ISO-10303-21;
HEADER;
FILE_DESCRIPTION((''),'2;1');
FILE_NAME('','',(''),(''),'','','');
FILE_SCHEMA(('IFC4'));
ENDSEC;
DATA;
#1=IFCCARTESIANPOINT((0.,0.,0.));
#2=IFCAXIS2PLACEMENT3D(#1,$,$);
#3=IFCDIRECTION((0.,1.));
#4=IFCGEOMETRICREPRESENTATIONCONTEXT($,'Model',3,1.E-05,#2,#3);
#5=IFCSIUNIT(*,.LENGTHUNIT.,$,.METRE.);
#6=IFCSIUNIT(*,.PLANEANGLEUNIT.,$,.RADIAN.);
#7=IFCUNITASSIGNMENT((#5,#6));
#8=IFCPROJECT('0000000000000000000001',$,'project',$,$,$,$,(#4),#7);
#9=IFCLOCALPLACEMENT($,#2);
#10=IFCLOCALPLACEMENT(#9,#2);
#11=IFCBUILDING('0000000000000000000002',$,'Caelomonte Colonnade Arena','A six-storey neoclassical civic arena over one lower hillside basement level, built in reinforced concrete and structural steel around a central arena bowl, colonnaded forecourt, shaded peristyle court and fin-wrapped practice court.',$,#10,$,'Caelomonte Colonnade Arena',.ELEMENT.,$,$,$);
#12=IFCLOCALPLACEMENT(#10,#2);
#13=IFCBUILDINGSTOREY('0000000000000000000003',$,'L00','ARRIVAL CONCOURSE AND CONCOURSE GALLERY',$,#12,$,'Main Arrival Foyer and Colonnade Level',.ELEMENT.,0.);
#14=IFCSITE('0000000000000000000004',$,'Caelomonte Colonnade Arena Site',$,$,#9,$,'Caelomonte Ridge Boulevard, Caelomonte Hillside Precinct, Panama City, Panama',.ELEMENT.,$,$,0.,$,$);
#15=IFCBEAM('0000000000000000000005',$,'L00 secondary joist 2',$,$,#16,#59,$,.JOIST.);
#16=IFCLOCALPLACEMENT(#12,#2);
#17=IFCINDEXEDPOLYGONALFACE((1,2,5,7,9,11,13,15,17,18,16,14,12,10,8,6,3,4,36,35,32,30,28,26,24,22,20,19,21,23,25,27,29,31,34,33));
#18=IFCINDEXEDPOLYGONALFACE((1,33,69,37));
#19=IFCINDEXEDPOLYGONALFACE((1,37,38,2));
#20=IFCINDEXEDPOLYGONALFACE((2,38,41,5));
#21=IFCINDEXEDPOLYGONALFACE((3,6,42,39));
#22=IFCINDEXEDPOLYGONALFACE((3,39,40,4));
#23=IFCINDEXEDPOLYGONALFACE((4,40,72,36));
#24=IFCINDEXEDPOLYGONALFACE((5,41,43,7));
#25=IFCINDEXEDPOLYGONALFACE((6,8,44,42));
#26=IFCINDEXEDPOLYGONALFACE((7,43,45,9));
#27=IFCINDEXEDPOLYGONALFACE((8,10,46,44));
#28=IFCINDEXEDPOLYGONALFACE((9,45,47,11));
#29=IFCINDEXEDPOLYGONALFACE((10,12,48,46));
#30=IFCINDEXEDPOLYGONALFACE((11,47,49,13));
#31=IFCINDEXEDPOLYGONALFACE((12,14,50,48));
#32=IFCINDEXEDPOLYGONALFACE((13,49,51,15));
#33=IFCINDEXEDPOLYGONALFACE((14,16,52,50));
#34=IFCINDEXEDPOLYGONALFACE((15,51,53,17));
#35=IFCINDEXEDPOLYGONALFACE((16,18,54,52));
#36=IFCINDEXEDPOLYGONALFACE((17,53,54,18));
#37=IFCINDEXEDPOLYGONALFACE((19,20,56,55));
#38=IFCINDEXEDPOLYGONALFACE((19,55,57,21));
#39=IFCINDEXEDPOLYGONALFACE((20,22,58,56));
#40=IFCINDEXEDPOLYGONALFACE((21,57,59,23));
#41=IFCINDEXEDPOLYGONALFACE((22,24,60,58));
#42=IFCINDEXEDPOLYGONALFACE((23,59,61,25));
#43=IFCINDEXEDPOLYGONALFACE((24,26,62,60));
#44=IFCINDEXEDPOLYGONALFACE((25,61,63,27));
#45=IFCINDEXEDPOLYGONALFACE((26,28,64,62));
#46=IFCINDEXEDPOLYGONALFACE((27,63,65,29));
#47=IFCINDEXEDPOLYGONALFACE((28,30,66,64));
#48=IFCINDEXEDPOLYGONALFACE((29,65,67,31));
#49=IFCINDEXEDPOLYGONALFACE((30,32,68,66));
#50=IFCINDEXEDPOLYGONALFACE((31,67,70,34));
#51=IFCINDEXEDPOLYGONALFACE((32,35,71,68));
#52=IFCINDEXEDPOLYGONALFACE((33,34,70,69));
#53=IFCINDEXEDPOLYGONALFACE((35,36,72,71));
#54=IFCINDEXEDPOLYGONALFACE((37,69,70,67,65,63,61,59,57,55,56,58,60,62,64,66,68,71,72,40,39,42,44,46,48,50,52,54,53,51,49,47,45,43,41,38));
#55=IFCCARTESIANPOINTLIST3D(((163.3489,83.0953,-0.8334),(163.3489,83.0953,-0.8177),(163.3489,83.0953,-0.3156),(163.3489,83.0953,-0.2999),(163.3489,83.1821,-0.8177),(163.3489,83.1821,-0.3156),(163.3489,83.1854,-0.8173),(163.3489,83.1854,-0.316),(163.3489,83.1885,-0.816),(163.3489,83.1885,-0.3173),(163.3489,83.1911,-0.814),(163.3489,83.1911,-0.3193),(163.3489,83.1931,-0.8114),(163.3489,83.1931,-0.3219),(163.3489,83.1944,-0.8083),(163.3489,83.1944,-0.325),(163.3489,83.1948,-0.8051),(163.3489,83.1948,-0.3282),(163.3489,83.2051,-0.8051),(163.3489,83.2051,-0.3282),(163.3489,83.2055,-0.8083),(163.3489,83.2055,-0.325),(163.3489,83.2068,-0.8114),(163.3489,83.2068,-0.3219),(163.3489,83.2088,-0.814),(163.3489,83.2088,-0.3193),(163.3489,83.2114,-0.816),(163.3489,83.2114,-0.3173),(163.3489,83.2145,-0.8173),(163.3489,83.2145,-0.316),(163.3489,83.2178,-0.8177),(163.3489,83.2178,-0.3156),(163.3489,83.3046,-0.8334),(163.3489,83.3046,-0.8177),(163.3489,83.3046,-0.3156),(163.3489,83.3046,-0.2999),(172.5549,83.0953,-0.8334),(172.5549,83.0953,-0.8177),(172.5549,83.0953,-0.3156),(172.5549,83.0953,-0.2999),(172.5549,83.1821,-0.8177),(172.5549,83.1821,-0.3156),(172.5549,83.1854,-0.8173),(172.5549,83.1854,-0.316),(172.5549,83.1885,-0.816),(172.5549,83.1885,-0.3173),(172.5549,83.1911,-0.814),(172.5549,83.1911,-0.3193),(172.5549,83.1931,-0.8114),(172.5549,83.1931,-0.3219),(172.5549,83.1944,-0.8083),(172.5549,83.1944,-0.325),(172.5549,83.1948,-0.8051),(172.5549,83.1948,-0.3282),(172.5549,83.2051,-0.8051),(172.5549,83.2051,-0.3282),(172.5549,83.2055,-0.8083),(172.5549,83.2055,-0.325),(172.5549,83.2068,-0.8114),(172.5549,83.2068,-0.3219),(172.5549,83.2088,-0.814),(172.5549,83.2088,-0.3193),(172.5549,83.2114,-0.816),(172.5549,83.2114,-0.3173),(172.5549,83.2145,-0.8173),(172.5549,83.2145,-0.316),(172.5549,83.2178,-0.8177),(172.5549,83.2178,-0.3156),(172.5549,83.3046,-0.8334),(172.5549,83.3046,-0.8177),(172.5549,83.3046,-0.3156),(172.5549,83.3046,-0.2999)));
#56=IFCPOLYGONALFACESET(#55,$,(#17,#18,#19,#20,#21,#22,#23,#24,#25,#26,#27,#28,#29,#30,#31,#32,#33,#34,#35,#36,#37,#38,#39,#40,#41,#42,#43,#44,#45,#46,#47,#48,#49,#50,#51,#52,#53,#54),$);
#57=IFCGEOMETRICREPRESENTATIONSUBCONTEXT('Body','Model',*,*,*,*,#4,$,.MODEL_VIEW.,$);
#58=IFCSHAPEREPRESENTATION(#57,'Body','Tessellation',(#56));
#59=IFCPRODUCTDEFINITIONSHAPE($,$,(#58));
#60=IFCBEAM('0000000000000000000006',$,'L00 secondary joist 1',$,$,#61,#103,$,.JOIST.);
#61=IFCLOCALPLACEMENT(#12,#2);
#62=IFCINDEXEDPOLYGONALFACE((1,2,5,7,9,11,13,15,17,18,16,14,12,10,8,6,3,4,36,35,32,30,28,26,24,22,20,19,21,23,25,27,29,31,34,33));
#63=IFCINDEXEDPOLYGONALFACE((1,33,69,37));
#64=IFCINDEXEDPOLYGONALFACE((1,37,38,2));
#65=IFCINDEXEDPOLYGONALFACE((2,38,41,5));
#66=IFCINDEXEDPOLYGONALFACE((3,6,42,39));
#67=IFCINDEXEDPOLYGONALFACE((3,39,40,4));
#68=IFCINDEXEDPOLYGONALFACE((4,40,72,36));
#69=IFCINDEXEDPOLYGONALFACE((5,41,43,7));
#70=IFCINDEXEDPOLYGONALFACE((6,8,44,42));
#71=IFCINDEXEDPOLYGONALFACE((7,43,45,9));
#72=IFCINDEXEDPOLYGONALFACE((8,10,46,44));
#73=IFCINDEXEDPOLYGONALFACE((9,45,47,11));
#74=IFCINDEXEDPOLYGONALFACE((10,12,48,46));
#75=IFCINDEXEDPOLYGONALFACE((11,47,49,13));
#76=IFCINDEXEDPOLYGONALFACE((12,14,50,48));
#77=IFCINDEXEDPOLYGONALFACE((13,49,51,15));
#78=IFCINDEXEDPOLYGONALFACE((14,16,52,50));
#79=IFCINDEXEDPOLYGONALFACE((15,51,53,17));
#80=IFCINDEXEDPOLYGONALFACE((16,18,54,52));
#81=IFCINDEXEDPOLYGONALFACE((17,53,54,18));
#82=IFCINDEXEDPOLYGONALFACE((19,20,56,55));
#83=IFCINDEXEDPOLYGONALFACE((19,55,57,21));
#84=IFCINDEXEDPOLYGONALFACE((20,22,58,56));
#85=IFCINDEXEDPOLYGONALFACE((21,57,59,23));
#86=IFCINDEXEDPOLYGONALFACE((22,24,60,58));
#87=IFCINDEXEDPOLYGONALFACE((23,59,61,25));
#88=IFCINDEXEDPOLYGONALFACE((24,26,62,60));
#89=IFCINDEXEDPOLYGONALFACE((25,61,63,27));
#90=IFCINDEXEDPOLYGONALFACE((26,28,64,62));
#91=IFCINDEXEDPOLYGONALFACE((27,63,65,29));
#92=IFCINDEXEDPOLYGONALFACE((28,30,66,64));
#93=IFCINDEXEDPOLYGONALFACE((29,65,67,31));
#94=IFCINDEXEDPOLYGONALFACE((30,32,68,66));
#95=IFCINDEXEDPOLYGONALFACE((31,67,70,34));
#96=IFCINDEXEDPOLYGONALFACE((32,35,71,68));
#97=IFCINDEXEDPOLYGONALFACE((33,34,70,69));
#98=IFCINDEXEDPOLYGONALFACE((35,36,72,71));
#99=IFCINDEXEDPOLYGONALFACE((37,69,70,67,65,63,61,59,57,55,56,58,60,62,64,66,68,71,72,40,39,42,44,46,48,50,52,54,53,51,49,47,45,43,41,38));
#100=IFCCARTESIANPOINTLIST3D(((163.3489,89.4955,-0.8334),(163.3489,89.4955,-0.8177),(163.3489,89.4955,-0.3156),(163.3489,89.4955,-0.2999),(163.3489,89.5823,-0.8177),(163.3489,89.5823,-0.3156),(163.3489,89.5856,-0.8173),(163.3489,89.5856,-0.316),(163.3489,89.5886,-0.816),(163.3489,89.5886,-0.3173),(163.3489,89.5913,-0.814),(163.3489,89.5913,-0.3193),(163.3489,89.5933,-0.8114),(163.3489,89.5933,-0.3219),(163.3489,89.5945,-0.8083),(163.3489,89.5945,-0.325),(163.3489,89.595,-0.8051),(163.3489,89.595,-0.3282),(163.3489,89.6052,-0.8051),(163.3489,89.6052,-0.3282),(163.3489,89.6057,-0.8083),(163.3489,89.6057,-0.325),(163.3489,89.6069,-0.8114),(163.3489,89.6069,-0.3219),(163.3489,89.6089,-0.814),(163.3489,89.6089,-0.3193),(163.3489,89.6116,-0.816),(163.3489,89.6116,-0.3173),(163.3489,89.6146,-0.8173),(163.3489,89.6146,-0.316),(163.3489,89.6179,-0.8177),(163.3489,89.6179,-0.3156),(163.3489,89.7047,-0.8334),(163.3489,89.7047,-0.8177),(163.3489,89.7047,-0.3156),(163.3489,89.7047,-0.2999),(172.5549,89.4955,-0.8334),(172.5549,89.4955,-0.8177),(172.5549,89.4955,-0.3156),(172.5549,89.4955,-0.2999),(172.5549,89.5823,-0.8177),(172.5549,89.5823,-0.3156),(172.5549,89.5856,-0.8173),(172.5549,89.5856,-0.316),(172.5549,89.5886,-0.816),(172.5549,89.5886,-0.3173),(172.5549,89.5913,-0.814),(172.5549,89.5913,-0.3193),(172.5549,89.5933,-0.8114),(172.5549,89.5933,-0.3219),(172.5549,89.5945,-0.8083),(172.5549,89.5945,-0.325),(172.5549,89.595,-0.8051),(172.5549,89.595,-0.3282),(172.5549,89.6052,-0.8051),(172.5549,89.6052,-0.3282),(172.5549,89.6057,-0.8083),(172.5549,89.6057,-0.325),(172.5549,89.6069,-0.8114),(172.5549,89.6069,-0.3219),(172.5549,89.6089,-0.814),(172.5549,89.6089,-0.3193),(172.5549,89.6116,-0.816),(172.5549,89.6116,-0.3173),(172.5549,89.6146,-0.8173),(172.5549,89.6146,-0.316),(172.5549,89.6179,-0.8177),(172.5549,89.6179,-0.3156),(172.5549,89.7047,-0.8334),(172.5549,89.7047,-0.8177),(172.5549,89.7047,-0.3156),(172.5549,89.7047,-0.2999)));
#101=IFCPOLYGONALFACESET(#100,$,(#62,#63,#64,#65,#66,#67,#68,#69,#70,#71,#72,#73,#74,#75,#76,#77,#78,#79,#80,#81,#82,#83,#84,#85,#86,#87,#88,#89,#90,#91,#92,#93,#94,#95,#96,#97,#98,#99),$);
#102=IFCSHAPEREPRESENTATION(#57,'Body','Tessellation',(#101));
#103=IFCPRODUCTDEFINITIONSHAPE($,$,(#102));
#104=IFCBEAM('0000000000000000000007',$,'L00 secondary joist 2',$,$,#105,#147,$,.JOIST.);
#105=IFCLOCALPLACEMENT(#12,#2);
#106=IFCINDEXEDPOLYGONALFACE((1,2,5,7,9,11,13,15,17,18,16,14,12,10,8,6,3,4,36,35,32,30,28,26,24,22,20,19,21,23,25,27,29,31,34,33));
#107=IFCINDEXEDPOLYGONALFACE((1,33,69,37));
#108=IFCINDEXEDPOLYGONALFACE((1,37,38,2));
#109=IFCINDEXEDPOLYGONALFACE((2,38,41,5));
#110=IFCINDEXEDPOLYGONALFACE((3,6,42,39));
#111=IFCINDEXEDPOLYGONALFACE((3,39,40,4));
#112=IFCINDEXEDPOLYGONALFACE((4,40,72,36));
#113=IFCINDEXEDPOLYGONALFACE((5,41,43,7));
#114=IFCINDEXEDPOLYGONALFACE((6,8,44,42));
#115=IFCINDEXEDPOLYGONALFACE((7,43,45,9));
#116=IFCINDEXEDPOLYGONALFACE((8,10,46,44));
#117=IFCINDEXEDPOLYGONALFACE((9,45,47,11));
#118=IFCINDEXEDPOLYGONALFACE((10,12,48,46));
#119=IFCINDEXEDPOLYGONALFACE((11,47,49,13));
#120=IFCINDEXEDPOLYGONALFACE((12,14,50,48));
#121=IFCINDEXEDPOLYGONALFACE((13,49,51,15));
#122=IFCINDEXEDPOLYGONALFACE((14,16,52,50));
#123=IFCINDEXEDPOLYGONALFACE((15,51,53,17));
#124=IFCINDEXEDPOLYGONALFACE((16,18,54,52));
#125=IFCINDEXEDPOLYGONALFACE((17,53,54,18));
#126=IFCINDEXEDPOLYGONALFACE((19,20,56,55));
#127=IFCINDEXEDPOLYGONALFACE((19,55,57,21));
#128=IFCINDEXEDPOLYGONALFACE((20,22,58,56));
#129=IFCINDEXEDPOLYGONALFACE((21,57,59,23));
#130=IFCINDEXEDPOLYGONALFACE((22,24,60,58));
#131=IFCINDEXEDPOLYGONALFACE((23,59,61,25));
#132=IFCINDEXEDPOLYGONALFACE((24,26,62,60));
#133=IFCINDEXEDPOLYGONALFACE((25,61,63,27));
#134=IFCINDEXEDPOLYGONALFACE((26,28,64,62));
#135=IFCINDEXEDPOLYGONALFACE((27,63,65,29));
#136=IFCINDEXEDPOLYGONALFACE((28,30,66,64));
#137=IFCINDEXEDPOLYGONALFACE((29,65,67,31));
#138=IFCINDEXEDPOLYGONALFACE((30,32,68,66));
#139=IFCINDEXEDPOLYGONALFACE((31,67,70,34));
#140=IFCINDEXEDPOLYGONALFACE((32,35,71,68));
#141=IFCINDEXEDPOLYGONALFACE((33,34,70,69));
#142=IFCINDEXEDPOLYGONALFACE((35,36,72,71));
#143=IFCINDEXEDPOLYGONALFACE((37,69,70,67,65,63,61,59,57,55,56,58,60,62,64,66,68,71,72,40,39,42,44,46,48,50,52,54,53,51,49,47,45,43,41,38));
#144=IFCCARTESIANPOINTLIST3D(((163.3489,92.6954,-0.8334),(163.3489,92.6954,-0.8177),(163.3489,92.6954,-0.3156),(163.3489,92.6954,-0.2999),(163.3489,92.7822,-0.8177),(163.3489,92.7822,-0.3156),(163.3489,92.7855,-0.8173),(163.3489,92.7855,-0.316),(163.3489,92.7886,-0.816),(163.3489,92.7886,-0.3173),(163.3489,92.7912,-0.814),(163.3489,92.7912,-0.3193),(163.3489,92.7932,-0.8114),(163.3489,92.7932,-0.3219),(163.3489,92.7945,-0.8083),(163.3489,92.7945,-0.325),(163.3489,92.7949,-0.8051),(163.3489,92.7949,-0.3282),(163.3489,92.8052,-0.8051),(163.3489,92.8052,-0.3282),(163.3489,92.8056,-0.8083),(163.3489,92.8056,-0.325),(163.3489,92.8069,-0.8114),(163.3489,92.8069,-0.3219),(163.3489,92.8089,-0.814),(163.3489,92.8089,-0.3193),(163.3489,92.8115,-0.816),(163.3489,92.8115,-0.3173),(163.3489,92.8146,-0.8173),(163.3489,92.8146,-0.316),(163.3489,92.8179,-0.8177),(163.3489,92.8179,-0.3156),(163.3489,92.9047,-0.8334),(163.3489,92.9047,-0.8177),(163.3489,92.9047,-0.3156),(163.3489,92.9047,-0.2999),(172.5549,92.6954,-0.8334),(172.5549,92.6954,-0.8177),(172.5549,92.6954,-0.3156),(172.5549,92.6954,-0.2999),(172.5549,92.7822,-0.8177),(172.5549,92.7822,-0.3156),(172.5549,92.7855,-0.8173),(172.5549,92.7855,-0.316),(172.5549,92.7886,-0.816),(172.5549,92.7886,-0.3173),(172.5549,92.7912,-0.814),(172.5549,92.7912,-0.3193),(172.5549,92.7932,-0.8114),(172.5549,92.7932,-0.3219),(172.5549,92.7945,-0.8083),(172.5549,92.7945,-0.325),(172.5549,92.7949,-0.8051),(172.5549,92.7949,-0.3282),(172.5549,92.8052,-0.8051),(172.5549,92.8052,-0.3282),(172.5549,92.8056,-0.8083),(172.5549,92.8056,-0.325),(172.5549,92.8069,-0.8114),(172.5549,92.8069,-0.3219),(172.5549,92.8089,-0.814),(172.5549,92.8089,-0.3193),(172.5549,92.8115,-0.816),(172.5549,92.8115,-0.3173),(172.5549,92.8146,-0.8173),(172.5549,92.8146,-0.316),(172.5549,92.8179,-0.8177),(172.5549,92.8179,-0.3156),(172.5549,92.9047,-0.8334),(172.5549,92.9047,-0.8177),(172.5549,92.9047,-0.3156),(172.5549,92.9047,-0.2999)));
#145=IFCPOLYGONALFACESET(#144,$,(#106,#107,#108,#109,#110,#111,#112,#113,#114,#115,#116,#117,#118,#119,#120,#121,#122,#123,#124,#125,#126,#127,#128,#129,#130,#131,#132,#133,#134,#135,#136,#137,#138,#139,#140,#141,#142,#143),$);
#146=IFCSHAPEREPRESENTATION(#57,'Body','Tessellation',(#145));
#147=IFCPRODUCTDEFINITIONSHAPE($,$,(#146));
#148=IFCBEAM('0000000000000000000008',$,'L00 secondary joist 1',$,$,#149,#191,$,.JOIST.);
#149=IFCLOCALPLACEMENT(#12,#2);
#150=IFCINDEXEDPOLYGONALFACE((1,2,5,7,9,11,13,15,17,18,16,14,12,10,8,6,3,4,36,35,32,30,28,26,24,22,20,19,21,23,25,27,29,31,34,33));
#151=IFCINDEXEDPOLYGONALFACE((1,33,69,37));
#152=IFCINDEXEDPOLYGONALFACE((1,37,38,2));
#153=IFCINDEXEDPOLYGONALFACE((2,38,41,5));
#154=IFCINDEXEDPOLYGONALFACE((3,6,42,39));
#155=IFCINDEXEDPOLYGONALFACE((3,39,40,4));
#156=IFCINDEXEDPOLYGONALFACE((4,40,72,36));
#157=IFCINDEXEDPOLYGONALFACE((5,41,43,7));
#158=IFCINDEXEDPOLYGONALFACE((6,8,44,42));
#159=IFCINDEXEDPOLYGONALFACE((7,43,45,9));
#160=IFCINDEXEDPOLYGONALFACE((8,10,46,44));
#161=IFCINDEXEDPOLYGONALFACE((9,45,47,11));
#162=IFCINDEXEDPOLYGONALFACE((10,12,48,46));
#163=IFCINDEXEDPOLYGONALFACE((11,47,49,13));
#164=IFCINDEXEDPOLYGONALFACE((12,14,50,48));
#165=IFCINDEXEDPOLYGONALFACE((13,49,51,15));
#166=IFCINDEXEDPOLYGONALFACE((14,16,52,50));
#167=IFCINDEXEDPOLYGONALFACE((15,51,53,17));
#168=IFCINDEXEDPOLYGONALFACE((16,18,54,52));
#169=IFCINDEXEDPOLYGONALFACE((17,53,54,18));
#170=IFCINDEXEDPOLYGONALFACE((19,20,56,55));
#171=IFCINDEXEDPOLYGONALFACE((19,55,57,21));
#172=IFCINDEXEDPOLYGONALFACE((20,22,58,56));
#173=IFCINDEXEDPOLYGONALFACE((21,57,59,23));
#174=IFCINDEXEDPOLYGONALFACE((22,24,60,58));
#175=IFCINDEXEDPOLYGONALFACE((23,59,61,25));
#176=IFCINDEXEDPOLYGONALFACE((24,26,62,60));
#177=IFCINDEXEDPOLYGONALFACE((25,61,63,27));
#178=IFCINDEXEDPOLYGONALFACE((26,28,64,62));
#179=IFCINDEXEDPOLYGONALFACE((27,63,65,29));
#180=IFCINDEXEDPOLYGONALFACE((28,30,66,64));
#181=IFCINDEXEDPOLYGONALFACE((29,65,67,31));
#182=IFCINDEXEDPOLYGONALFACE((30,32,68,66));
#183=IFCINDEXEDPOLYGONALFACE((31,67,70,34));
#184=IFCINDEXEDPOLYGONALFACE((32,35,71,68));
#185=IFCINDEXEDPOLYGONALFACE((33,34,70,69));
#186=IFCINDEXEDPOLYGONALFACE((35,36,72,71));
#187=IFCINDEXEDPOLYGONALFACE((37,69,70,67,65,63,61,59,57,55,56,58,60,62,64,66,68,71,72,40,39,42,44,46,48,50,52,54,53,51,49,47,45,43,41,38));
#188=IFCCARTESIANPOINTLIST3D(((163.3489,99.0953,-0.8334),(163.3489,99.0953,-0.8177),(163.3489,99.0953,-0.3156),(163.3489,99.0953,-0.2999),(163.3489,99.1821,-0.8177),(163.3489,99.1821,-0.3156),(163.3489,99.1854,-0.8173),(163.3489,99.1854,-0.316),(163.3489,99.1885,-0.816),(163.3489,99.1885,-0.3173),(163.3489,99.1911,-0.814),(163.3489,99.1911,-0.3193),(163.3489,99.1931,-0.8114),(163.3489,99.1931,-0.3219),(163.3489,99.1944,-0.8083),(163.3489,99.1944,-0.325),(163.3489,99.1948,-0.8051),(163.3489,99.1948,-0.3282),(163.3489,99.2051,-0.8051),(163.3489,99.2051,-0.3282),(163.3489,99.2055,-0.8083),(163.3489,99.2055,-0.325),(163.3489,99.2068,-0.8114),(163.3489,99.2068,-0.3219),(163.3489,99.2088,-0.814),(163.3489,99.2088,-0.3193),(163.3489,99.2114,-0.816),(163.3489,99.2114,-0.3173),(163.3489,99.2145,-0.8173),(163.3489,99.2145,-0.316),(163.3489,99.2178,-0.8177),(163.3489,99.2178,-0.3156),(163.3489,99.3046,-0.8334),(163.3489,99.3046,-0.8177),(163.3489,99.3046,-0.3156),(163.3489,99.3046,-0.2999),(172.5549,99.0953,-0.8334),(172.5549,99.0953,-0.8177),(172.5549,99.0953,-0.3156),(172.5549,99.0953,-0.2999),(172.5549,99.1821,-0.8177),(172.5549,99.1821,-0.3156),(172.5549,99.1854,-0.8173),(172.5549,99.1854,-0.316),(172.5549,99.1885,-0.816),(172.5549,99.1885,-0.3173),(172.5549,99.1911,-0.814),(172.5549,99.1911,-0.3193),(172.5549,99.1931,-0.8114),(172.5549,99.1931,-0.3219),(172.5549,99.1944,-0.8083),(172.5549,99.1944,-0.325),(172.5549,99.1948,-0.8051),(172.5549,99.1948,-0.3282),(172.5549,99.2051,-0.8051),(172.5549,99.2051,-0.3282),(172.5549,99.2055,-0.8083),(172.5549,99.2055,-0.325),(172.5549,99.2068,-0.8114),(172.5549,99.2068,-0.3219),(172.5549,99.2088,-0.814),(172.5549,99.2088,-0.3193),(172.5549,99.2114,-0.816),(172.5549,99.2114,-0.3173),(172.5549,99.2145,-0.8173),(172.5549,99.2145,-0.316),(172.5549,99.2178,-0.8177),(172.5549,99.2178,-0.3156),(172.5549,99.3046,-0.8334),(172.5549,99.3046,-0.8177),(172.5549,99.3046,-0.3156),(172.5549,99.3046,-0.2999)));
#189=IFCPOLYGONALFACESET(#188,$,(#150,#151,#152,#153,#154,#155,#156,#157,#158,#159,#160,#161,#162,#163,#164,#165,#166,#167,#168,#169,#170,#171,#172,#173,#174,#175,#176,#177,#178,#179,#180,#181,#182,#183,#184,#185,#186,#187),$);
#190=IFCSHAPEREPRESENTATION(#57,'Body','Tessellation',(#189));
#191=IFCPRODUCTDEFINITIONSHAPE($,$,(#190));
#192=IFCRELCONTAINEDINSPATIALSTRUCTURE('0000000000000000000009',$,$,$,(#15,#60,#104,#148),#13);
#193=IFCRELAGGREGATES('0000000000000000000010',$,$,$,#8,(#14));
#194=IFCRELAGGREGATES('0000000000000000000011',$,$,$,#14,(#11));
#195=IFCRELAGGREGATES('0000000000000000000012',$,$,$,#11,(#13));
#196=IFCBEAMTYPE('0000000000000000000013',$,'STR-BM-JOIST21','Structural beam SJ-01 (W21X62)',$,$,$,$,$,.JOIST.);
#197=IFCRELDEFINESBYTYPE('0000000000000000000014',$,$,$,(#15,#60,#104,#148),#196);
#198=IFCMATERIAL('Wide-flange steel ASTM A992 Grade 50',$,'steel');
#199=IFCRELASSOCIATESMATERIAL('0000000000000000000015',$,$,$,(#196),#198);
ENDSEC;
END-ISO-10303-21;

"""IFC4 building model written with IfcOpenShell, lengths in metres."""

from ifc_helpers import new_model, si_unit, direction, frame, origin, origin_2d, place, context, subcontext, project, spatial, i_section, extrude, material, material_profile, profile_set, type_object, element, save


model = new_model("IFC4")

# Units and contexts
model_context = context("Model", 3, precision=1e-05, world=origin(), true_north=direction((0.0, 1.0)))
body_context = subcontext(model_context, "Body", "Model", "MODEL_VIEW")
ifc_project = project(units=[si_unit("LENGTHUNIT", "METRE"), si_unit("PLANEANGLEUNIT", "RADIAN")], contexts=[model_context])

# Site, building, storey
site_placement = place(None, origin())
site = spatial("IfcSite", under=ifc_project, at=site_placement, Name="Caelomonte Colonnade Arena Site", LongName="Caelomonte Ridge Boulevard, Caelomonte Hillside Precinct, Panama City, Panama", CompositionType="ELEMENT", RefElevation=0.0)
building_placement = place(site_placement, origin())
building = spatial("IfcBuilding", under=site, at=building_placement, Name="Caelomonte Colonnade Arena", Description="A six-storey neoclassical civic arena over one lower hillside basement level, built in reinforced concrete and structural steel around a central arena bowl, colonnaded forecourt, shaded peristyle court and fin-wrapped practice court.", LongName="Caelomonte Colonnade Arena", CompositionType="ELEMENT")
storey_placement = place(building_placement, origin())
storey = spatial("IfcBuildingStorey", under=building, at=storey_placement, Name="L00", Description="ARRIVAL CONCOURSE AND CONCOURSE GALLERY", LongName="Main Arrival Foyer and Colonnade Level", CompositionType="ELEMENT", Elevation=0.0)

# Shared definitions
ifc_material = material(Name="Wide-flange steel ASTM A992 Grade 50", Category="steel")

# Beams
ifc_material_profile_1 = material_profile(ifc_material, i_section(OverallWidth=0.2092, OverallDepth=0.5334, WebThickness=0.0103, FlangeThickness=0.0156, FilletRadius=0.0127, at=origin_2d()), Name="W21X62")
ifc_profile_set_1 = profile_set([ifc_material_profile_1], Name="Wide-flange steel ASTM A992 Grade 50")
beam_type_1 = type_object("IfcBeamType", Name="STR-BM-JOIST21", Description="Structural beam SJ-01 (W21X62)", PredefinedType="JOIST", material=ifc_profile_set_1)
for number, where, z_axis, x_axis, name in (
    (1, (163.3489, 83.2, -0.5667), (1.0, 0.0, 0.0), (0.0, 1.0, 0.0), "L00 secondary joist 2"),
    (2, (163.3489, 89.6001, -0.5667), (1.0, 0.0, 0.0), (0.0, 1.0, 0.0), "L00 secondary joist 1"),
    (3, (163.3489, 92.8, -0.5667), (1.0, 0.0, 0.0), (0.0, 1.0, 0.0), "L00 secondary joist 2"),
    (4, (163.3489, 99.2, -0.5667), (1.0, 0.0, 0.0), (0.0, 1.0, 0.0), "L00 secondary joist 1"),
):
    element("IfcBeam", number, at=place(storey_placement, frame(where, z_axis=z_axis, x_axis=x_axis)), inside=storey, type_object=beam_type_1, Name=name, PredefinedType="JOIST", context=body_context, shape_type="SweptSolid", body=[
        extrude(i_section(OverallWidth=0.2092, OverallDepth=0.5334, WebThickness=0.0103, FlangeThickness=0.0156, FilletRadius=0.0127, at=origin_2d()), origin(), (0.0, 0.0, 1.0), 9.2061),
    ])

save(model, "model.ifc")
